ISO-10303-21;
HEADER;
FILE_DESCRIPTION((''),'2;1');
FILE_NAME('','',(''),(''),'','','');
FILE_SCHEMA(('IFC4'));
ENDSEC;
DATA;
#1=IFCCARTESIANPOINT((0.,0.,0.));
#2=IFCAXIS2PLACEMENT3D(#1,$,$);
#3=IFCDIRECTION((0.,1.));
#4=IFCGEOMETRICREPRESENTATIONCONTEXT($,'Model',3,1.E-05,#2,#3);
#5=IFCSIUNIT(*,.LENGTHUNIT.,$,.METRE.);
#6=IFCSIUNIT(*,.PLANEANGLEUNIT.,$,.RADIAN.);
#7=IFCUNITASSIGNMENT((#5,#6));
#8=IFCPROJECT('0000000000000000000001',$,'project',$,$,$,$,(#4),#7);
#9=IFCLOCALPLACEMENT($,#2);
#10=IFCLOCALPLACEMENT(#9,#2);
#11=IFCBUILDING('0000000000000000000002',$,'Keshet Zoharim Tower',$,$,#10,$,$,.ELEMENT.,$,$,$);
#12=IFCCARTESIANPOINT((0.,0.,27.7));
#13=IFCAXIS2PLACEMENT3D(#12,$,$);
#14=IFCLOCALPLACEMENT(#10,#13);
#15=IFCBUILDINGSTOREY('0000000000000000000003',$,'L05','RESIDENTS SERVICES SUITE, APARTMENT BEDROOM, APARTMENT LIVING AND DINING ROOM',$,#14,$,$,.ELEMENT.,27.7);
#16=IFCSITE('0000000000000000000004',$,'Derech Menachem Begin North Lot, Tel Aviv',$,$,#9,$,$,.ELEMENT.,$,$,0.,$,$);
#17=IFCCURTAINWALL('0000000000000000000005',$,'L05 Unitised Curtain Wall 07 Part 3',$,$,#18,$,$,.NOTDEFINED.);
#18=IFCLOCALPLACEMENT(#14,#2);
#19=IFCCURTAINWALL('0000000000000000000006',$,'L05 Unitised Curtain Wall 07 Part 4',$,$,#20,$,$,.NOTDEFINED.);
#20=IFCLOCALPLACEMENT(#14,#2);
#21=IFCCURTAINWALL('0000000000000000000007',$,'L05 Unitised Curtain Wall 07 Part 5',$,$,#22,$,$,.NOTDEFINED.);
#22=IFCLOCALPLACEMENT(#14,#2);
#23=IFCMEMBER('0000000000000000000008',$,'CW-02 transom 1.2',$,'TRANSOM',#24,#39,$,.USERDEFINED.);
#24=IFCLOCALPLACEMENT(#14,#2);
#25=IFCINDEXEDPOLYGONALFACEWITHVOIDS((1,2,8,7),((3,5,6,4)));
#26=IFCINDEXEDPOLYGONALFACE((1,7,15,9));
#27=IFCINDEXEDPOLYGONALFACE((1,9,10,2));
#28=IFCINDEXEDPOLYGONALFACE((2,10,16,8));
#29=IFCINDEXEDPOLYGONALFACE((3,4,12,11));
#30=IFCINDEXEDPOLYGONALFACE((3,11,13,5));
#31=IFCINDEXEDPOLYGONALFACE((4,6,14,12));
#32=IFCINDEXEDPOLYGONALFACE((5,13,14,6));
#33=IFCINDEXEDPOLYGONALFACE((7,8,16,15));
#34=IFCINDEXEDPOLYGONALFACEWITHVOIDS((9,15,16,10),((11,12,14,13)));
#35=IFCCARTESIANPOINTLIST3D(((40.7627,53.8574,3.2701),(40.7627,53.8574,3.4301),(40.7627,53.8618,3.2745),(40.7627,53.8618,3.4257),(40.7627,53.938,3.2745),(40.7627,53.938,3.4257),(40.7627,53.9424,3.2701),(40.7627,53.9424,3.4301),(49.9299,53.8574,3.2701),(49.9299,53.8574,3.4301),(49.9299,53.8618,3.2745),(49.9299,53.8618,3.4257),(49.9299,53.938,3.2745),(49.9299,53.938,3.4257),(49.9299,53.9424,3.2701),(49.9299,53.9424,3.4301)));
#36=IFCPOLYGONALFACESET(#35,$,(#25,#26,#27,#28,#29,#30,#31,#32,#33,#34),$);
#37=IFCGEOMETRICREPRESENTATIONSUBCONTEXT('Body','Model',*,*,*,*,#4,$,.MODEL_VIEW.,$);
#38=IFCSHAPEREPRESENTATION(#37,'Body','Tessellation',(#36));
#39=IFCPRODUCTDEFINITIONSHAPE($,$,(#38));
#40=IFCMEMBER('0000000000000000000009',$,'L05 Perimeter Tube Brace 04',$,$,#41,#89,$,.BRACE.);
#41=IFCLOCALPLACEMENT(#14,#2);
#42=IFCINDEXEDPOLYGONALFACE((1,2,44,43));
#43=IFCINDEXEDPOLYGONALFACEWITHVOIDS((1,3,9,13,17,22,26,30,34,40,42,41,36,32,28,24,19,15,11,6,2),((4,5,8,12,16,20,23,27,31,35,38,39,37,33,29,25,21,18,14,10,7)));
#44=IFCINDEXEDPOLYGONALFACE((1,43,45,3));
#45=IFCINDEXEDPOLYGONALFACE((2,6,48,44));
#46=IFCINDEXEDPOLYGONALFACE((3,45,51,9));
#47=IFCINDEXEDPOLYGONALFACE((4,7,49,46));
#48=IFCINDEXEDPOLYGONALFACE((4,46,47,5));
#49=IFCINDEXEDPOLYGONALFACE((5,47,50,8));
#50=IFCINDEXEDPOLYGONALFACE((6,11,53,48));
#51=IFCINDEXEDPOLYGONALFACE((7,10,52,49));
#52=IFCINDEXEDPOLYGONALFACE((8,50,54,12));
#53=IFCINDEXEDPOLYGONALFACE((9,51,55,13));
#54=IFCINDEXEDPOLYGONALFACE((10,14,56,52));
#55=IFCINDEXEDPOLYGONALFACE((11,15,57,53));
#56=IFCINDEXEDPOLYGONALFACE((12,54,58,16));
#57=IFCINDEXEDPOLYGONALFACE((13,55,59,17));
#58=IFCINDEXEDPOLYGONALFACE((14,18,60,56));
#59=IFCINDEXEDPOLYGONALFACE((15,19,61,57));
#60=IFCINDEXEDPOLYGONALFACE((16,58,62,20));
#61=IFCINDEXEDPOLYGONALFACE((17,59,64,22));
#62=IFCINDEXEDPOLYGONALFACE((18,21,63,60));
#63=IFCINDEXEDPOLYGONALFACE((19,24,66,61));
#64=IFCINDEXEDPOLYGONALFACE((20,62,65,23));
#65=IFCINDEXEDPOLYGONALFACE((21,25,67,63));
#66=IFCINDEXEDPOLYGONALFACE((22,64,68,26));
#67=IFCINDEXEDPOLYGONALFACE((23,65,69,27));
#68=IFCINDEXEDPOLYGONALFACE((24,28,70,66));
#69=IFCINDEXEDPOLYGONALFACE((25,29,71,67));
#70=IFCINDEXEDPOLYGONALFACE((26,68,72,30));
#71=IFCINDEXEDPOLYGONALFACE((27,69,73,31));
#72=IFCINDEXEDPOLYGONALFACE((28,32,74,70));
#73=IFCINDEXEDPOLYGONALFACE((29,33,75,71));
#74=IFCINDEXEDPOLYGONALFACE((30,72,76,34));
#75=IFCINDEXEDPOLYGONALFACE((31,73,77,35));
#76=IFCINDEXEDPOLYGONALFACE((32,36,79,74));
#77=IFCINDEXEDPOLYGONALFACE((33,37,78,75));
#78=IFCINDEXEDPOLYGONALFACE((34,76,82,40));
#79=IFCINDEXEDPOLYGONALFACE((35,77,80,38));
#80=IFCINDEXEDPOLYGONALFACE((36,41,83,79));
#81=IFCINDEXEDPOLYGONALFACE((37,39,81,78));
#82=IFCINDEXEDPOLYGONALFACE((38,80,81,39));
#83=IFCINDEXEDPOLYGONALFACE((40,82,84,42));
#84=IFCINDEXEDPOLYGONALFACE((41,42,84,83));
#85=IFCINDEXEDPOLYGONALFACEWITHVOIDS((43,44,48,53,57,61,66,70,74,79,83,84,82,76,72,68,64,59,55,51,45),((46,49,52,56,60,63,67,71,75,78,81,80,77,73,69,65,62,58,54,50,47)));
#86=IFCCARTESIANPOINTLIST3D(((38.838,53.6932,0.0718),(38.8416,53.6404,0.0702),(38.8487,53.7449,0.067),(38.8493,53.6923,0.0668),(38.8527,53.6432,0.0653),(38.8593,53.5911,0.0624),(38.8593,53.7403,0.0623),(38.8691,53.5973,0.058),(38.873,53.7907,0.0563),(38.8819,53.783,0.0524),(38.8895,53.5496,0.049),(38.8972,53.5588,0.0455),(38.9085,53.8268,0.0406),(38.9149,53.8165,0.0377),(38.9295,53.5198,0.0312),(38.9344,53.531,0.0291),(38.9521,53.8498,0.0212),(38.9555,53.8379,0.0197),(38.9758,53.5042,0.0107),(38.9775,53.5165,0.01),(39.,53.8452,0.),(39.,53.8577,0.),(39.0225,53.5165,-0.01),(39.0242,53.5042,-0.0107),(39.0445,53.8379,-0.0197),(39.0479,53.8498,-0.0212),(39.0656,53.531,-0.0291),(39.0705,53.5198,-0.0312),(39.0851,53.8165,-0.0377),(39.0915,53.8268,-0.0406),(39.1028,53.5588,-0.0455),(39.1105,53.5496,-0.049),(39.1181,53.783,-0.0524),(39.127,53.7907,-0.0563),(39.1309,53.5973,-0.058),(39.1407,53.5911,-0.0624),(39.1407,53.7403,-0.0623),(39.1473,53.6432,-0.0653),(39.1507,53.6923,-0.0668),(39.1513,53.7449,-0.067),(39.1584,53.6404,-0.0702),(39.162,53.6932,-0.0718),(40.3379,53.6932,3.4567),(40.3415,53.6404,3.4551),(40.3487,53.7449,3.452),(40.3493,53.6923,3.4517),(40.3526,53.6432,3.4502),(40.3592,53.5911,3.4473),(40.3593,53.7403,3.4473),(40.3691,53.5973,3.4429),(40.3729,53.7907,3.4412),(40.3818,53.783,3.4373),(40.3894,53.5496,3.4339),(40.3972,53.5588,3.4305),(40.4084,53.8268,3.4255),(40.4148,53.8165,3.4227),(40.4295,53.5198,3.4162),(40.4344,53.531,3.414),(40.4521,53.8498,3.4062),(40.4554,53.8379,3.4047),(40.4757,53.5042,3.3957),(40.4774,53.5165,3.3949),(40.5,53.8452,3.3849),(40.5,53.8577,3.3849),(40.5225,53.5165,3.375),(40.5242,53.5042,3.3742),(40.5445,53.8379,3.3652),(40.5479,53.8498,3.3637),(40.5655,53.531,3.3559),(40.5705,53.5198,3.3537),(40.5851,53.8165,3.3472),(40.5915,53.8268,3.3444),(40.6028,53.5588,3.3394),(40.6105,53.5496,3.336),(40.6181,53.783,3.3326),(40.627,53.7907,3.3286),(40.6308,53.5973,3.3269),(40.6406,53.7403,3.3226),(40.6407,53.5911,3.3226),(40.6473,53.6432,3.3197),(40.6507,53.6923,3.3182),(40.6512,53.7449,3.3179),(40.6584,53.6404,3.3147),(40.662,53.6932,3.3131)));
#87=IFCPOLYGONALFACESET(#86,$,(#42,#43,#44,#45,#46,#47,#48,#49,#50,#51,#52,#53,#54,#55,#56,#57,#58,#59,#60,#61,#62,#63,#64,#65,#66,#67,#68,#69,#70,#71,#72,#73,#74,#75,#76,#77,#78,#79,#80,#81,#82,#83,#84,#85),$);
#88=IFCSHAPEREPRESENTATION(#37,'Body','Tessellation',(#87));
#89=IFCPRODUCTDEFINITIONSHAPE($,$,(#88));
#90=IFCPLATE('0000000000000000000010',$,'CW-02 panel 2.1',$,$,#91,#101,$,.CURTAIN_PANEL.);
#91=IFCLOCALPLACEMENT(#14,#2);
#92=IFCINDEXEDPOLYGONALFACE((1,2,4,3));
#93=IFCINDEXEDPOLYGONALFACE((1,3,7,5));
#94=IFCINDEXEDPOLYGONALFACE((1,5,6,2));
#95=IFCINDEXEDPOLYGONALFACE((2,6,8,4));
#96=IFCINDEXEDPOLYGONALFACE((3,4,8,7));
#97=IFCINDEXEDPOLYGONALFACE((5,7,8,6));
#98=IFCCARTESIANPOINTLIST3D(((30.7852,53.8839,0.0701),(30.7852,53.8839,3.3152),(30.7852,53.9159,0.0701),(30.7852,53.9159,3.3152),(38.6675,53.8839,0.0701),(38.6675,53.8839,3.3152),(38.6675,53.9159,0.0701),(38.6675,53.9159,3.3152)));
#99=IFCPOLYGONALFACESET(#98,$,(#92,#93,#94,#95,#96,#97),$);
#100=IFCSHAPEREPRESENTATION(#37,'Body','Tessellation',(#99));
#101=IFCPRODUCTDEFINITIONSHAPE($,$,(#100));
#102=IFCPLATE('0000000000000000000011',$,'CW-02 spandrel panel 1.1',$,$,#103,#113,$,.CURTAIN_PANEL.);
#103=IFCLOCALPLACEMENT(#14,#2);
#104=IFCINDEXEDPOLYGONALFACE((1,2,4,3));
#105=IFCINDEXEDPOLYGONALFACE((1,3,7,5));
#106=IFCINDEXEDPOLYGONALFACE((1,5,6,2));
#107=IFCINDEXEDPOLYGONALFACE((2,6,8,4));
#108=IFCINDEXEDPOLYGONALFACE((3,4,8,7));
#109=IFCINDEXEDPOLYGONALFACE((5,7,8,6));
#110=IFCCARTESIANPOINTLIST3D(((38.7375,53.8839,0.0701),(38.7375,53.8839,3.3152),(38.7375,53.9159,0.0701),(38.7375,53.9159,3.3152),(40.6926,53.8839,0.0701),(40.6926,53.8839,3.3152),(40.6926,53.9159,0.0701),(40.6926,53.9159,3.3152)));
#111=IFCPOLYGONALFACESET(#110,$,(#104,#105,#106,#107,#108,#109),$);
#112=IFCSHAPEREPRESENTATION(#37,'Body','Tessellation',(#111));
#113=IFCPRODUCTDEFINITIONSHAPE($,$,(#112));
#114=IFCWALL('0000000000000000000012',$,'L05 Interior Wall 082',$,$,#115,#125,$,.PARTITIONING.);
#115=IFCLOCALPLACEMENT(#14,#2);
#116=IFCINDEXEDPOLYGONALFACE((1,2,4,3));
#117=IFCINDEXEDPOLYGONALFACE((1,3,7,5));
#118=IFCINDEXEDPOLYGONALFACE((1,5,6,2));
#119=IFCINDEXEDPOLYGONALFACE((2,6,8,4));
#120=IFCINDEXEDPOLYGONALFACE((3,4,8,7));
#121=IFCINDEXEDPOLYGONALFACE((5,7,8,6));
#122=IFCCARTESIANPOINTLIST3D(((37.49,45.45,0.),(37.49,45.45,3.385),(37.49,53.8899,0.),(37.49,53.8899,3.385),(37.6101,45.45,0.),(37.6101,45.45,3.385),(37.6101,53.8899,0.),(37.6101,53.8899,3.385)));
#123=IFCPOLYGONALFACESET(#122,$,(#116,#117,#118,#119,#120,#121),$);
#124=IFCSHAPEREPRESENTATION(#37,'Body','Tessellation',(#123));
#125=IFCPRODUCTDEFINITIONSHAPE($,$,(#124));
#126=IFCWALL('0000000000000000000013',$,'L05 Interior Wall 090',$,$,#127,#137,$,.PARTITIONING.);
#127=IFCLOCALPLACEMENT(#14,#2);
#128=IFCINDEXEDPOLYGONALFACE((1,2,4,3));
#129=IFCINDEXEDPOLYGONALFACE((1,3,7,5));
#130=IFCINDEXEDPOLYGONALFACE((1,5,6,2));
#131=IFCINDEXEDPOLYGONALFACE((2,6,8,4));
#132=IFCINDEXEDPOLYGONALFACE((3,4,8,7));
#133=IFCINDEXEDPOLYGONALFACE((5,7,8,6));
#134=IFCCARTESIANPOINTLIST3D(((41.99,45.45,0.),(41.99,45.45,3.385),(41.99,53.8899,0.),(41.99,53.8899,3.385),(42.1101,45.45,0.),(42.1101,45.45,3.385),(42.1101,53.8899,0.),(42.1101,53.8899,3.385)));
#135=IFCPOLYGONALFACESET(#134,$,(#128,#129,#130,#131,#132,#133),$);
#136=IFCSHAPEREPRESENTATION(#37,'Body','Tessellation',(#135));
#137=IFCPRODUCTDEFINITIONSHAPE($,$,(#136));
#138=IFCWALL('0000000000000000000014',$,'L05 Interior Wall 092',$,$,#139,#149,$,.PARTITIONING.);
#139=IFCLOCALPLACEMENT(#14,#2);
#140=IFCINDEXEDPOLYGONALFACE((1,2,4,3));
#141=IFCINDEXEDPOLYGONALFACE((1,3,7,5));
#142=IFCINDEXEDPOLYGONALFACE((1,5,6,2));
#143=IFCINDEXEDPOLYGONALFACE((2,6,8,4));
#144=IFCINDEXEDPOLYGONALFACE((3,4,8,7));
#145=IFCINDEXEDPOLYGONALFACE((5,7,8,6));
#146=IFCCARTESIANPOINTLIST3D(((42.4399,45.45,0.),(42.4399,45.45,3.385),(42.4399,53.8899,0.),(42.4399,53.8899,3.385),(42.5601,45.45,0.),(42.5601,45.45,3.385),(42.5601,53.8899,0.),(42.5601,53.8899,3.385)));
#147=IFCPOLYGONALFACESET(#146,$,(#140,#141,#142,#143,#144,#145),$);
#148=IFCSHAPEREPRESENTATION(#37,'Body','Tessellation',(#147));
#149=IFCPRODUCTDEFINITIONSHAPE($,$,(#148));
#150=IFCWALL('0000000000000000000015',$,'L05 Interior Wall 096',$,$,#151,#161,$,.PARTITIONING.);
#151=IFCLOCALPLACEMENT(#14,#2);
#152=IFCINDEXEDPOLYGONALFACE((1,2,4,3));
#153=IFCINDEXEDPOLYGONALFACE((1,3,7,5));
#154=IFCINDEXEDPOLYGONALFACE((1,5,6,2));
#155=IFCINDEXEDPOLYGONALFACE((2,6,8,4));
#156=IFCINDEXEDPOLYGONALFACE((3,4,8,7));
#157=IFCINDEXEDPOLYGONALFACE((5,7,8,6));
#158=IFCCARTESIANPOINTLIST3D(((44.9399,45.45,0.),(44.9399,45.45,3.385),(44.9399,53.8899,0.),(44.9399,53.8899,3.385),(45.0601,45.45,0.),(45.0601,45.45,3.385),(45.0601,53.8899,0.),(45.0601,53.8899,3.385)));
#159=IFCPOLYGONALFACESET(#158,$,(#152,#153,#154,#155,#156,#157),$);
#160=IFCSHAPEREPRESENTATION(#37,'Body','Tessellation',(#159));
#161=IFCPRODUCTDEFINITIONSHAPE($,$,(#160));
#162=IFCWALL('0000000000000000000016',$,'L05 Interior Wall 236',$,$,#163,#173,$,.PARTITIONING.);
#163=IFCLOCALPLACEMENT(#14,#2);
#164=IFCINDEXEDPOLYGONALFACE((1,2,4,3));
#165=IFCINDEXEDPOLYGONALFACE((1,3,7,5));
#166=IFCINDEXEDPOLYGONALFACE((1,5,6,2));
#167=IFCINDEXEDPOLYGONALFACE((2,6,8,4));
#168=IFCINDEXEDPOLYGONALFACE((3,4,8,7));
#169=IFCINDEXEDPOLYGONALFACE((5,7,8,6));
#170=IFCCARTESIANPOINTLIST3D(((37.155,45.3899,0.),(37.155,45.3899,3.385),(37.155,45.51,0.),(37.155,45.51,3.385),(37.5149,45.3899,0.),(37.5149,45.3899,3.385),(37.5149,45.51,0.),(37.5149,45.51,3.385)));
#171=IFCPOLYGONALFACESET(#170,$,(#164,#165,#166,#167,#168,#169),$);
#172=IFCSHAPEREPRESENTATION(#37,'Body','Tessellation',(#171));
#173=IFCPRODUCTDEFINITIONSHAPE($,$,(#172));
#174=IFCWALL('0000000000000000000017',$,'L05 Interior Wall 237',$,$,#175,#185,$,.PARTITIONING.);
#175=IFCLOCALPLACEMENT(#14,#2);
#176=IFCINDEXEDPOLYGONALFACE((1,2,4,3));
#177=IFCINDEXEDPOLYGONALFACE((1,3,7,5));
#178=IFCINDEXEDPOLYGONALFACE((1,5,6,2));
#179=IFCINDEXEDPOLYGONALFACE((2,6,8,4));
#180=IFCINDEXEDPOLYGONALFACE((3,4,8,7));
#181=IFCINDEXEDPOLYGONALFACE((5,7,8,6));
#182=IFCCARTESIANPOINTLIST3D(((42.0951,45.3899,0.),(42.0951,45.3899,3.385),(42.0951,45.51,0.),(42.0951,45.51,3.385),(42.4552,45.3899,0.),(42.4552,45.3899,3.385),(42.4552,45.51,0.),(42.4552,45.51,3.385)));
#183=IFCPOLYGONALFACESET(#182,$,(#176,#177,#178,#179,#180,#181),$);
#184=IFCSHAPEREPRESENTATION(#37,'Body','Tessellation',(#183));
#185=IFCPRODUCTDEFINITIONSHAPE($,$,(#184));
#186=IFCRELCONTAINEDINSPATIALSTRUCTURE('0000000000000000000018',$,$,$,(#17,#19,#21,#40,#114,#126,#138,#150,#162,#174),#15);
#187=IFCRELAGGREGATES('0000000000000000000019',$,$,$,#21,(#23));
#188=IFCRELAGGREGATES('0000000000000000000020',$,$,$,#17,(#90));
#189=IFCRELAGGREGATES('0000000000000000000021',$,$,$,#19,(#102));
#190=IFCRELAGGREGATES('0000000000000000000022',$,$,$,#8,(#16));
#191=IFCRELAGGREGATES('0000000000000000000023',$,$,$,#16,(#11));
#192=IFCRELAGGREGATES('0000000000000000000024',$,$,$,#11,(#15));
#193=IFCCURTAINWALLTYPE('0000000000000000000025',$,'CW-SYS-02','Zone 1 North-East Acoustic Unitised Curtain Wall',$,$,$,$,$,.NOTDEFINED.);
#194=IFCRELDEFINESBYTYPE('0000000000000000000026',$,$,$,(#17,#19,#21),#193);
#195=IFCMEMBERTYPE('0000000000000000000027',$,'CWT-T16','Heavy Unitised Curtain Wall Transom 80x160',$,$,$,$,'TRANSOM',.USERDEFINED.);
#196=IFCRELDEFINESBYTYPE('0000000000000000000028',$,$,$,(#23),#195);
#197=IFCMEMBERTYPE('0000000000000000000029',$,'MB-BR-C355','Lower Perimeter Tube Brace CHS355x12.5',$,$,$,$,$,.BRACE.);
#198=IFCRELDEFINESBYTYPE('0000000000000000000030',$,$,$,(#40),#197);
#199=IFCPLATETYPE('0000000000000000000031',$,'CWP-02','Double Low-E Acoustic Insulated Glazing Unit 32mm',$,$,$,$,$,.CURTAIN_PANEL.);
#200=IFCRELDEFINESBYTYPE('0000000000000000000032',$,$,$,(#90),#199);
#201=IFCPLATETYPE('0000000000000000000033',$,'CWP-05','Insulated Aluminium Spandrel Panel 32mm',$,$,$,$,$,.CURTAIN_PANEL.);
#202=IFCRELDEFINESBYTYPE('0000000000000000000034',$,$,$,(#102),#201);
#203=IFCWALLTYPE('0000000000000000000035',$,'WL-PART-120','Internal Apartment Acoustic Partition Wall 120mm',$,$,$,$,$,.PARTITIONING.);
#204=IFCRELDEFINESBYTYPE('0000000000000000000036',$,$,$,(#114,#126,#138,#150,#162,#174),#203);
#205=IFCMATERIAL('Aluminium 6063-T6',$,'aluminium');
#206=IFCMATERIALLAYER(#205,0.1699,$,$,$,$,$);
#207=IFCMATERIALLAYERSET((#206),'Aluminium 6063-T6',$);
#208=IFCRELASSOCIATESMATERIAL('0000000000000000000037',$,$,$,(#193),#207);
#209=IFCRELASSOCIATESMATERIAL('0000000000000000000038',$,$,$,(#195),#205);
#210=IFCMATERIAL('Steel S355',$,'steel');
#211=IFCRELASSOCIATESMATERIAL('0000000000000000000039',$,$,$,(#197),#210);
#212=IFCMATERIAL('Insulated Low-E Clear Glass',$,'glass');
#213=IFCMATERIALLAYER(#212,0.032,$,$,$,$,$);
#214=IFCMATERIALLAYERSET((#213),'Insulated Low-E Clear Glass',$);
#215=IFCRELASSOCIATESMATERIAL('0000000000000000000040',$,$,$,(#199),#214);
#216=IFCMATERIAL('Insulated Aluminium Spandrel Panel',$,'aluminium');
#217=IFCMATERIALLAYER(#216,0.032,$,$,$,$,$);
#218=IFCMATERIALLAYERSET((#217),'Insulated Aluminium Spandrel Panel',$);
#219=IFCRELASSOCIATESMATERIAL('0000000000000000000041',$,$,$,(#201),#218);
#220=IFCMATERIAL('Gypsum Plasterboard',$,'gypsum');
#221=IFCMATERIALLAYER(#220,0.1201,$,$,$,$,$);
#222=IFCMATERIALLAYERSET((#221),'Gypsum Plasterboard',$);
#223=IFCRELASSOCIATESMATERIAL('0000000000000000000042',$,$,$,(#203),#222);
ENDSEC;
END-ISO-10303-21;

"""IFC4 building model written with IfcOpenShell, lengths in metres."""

from ifc_helpers import new_model, si_unit, direction, frame, frame_2d, origin, origin_2d, place, context, subcontext, project, spatial, rectangle, hollow_rectangle, hollow_circle, extrude, material, layer, layer_set, material_profile, profile_set, type_object, element, aggregate, save


model = new_model("IFC4")

# Units and contexts
model_context = context("Model", 3, precision=1e-05, world=origin(), true_north=direction((0.0, 1.0)))
body_context = subcontext(model_context, "Body", "Model", "MODEL_VIEW")
ifc_project = project(units=[si_unit("LENGTHUNIT", "METRE"), si_unit("PLANEANGLEUNIT", "RADIAN")], contexts=[model_context])

# Site, building, storey
site_placement = place(None, origin())
site = spatial("IfcSite", under=ifc_project, at=site_placement, Name="Derech Menachem Begin North Lot, Tel Aviv", CompositionType="ELEMENT", RefElevation=0.0)
building_placement = place(site_placement, origin())
building = spatial("IfcBuilding", under=site, at=building_placement, Name="Keshet Zoharim Tower", CompositionType="ELEMENT")
storey_placement = place(building_placement, frame((0.0, 0.0, 27.7)))
storey = spatial("IfcBuildingStorey", under=building, at=storey_placement, Name="L05", Description="RESIDENTS SERVICES SUITE, APARTMENT BEDROOM, APARTMENT LIVING AND DINING ROOM", CompositionType="ELEMENT", Elevation=27.7)

# Shared definitions
ifc_material_1 = material(Name="Steel S355", Category="steel")

# Curtain wall
ifc_material_2 = material(Name="Aluminium 6063-T6", Category="aluminium")
ifc_layer_1 = layer(ifc_material_2, 0.1699)
ifc_layer_set_1 = layer_set([ifc_layer_1], Name="Aluminium 6063-T6")
curtain_wall_type = type_object("IfcCurtainWallType", Name="CW-SYS-02", Description="Zone 1 North-East Acoustic Unitised Curtain Wall", PredefinedType="NOTDEFINED", material=ifc_layer_set_1)
curtain_wall_1_placement = place(storey_placement, origin())
curtain_wall_1 = element("IfcCurtainWall", 1, at=curtain_wall_1_placement, inside=storey, type_object=curtain_wall_type, Name="L05 Unitised Curtain Wall 07 Part 3", PredefinedType="NOTDEFINED")

# Curtain walls, member
curtain_wall_2_placement = place(storey_placement, origin())
curtain_wall_2 = element("IfcCurtainWall", 2, at=curtain_wall_2_placement, inside=storey, type_object=curtain_wall_type, Name="L05 Unitised Curtain Wall 07 Part 4", PredefinedType="NOTDEFINED")
ifc_material_profile_1 = material_profile(ifc_material_2, hollow_rectangle(XDim=0.085, YDim=0.1599, WallThickness=0.0044, at=origin_2d()), Name="TRN-85x160")
ifc_profile_set_1 = profile_set([ifc_material_profile_1], Name="Aluminium 6063-T6")
member_type_1 = type_object("IfcMemberType", Name="CWT-T16", Description="Heavy Unitised Curtain Wall Transom 80x160", ElementType="TRANSOM", PredefinedType="USERDEFINED", material=ifc_profile_set_1)
curtain_wall_3_placement = place(storey_placement, origin())
curtain_wall_3 = element("IfcCurtainWall", 3, at=curtain_wall_3_placement, inside=storey, type_object=curtain_wall_type, Name="L05 Unitised Curtain Wall 07 Part 5", PredefinedType="NOTDEFINED")
member_1_placement = place(storey_placement, frame((40.7627, 53.8999, 3.3501), z_axis=(1.0, 0.0, 0.0), x_axis=(0.0, 1.0, 0.0)))
member_1 = element("IfcMember", 4, at=member_1_placement, type_object=member_type_1, Name="CW-02 transom 1.2", ObjectType="TRANSOM", PredefinedType="USERDEFINED", context=body_context, shape_type="SweptSolid", body=[
    extrude(hollow_rectangle(XDim=0.085, YDim=0.1599, WallThickness=0.0044, at=origin_2d()), origin(), (0.0, 0.0, 1.0), 9.1672),
])
aggregate(curtain_wall_3, [member_1])

# Member
ifc_material_profile_2 = material_profile(ifc_material_1, hollow_circle(Radius=0.1777, WallThickness=0.0125, at=origin_2d()), Name="CHS355x12.5")
ifc_profile_set_2 = profile_set([ifc_material_profile_2], Name="Steel S355")
member_type_2 = type_object("IfcMemberType", Name="MB-BR-C355", Description="Lower Perimeter Tube Brace CHS355x12.5", PredefinedType="BRACE", material=ifc_profile_set_2)
member_2_placement = place(storey_placement, frame((39.0, 53.6799, 0.0), z_axis=(0.405135, 0.0, 0.914257), x_axis=(0.0, 1.0, 0.0)))
element("IfcMember", 5, at=member_2_placement, inside=storey, type_object=member_type_2, Name="L05 Perimeter Tube Brace 04", PredefinedType="BRACE", context=body_context, shape_type="SweptSolid", body=[
    extrude(hollow_circle(Radius=0.1777, WallThickness=0.0125, at=origin_2d()), origin(), (0.0, 0.0, 1.0), 3.7024),
])

# Plates
ifc_material_3 = material(Name="Insulated Low-E Clear Glass", Category="glass")
ifc_layer_2 = layer(ifc_material_3, 0.032)
ifc_layer_set_2 = layer_set([ifc_layer_2], Name="Insulated Low-E Clear Glass")
plate_type_1 = type_object("IfcPlateType", Name="CWP-02", Description="Double Low-E Acoustic Insulated Glazing Unit 32mm", PredefinedType="CURTAIN_PANEL", material=ifc_layer_set_2)
plate_1_placement = place(storey_placement, frame((34.7263, 53.8999, 0.0701), z_axis=(0.0, 0.0, 1.0), x_axis=(1.0, 0.0, 0.0)))
plate_1 = element("IfcPlate", 6, at=plate_1_placement, type_object=plate_type_1, Name="CW-02 panel 2.1", PredefinedType="CURTAIN_PANEL", context=body_context, shape_type="SweptSolid", body=[
    extrude(rectangle(XDim=7.8823, YDim=0.032, at=origin_2d()), origin(), (0.0, 0.0, 1.0), 3.2451),
])
aggregate(curtain_wall_1, [plate_1])
ifc_material_4 = material(Name="Insulated Aluminium Spandrel Panel", Category="aluminium")
ifc_layer_3 = layer(ifc_material_4, 0.032)
ifc_layer_set_3 = layer_set([ifc_layer_3], Name="Insulated Aluminium Spandrel Panel")
plate_type_2 = type_object("IfcPlateType", Name="CWP-05", Description="Insulated Aluminium Spandrel Panel 32mm", PredefinedType="CURTAIN_PANEL", material=ifc_layer_set_3)
plate_2_placement = place(storey_placement, frame((39.7151, 53.8999, 0.0701), z_axis=(0.0, 0.0, 1.0), x_axis=(1.0, 0.0, 0.0)))
plate_2 = element("IfcPlate", 7, at=plate_2_placement, type_object=plate_type_2, Name="CW-02 spandrel panel 1.1", PredefinedType="CURTAIN_PANEL", context=body_context, shape_type="SweptSolid", body=[
    extrude(rectangle(XDim=1.9551, YDim=0.032, at=origin_2d()), origin(), (0.0, 0.0, 1.0), 3.2451),
])
aggregate(curtain_wall_2, [plate_2])

# Walls
ifc_material_5 = material(Name="Gypsum Plasterboard", Category="gypsum")
ifc_layer_4 = layer(ifc_material_5, 0.1201)
ifc_layer_set_4 = layer_set([ifc_layer_4], Name="Gypsum Plasterboard")
wall_type = type_object("IfcWallType", Name="WL-PART-120", Description="Internal Apartment Acoustic Partition Wall 120mm", PredefinedType="PARTITIONING", material=ifc_layer_set_4)
for number, where, z_axis, x_axis, name in (
    (8, (37.55, 45.45, 0.0), (0.0, 0.0, 1.0), (0.0, 1.0, 0.0), "L05 Interior Wall 082"),
    (9, (42.05, 45.45, 0.0), (0.0, 0.0, 1.0), (0.0, 1.0, 0.0), "L05 Interior Wall 090"),
    (10, (42.5, 45.45, 0.0), (0.0, 0.0, 1.0), (0.0, 1.0, 0.0), "L05 Interior Wall 092"),
    (11, (45.0, 45.45, 0.0), (0.0, 0.0, 1.0), (0.0, 1.0, 0.0), "L05 Interior Wall 096"),
):
    element("IfcWall", number, at=place(storey_placement, frame(where, z_axis=z_axis, x_axis=x_axis)), inside=storey, type_object=wall_type, Name=name, PredefinedType="PARTITIONING", context=body_context, shape_type="SweptSolid", body=[
        extrude(rectangle(XDim=8.4399, YDim=0.1201, at=frame_2d((4.22, 0.0))), origin(), (0.0, 0.0, 1.0), 3.385),
    ])
wall_1_placement = place(storey_placement, frame((37.155, 45.45, 0.0), z_axis=(0.0, 0.0, 1.0), x_axis=(1.0, 0.0, 0.0)))
element("IfcWall", 12, at=wall_1_placement, inside=storey, type_object=wall_type, Name="L05 Interior Wall 236", PredefinedType="PARTITIONING", context=body_context, shape_type="SweptSolid", body=[
    extrude(rectangle(XDim=0.3599, YDim=0.1201, at=frame_2d((0.1799, 0.0))), origin(), (0.0, 0.0, 1.0), 3.385),
])
wall_2_placement = place(storey_placement, frame((42.095, 45.45, 0.0), z_axis=(0.0, 0.0, 1.0), x_axis=(1.0, 0.0, 0.0)))
element("IfcWall", 13, at=wall_2_placement, inside=storey, type_object=wall_type, Name="L05 Interior Wall 237", PredefinedType="PARTITIONING", context=body_context, shape_type="SweptSolid", body=[
    extrude(rectangle(XDim=0.3601, YDim=0.1201, at=frame_2d((0.1802, 0.0))), origin(), (0.0, 0.0, 1.0), 3.385),
])

save(model, "model.ifc")
